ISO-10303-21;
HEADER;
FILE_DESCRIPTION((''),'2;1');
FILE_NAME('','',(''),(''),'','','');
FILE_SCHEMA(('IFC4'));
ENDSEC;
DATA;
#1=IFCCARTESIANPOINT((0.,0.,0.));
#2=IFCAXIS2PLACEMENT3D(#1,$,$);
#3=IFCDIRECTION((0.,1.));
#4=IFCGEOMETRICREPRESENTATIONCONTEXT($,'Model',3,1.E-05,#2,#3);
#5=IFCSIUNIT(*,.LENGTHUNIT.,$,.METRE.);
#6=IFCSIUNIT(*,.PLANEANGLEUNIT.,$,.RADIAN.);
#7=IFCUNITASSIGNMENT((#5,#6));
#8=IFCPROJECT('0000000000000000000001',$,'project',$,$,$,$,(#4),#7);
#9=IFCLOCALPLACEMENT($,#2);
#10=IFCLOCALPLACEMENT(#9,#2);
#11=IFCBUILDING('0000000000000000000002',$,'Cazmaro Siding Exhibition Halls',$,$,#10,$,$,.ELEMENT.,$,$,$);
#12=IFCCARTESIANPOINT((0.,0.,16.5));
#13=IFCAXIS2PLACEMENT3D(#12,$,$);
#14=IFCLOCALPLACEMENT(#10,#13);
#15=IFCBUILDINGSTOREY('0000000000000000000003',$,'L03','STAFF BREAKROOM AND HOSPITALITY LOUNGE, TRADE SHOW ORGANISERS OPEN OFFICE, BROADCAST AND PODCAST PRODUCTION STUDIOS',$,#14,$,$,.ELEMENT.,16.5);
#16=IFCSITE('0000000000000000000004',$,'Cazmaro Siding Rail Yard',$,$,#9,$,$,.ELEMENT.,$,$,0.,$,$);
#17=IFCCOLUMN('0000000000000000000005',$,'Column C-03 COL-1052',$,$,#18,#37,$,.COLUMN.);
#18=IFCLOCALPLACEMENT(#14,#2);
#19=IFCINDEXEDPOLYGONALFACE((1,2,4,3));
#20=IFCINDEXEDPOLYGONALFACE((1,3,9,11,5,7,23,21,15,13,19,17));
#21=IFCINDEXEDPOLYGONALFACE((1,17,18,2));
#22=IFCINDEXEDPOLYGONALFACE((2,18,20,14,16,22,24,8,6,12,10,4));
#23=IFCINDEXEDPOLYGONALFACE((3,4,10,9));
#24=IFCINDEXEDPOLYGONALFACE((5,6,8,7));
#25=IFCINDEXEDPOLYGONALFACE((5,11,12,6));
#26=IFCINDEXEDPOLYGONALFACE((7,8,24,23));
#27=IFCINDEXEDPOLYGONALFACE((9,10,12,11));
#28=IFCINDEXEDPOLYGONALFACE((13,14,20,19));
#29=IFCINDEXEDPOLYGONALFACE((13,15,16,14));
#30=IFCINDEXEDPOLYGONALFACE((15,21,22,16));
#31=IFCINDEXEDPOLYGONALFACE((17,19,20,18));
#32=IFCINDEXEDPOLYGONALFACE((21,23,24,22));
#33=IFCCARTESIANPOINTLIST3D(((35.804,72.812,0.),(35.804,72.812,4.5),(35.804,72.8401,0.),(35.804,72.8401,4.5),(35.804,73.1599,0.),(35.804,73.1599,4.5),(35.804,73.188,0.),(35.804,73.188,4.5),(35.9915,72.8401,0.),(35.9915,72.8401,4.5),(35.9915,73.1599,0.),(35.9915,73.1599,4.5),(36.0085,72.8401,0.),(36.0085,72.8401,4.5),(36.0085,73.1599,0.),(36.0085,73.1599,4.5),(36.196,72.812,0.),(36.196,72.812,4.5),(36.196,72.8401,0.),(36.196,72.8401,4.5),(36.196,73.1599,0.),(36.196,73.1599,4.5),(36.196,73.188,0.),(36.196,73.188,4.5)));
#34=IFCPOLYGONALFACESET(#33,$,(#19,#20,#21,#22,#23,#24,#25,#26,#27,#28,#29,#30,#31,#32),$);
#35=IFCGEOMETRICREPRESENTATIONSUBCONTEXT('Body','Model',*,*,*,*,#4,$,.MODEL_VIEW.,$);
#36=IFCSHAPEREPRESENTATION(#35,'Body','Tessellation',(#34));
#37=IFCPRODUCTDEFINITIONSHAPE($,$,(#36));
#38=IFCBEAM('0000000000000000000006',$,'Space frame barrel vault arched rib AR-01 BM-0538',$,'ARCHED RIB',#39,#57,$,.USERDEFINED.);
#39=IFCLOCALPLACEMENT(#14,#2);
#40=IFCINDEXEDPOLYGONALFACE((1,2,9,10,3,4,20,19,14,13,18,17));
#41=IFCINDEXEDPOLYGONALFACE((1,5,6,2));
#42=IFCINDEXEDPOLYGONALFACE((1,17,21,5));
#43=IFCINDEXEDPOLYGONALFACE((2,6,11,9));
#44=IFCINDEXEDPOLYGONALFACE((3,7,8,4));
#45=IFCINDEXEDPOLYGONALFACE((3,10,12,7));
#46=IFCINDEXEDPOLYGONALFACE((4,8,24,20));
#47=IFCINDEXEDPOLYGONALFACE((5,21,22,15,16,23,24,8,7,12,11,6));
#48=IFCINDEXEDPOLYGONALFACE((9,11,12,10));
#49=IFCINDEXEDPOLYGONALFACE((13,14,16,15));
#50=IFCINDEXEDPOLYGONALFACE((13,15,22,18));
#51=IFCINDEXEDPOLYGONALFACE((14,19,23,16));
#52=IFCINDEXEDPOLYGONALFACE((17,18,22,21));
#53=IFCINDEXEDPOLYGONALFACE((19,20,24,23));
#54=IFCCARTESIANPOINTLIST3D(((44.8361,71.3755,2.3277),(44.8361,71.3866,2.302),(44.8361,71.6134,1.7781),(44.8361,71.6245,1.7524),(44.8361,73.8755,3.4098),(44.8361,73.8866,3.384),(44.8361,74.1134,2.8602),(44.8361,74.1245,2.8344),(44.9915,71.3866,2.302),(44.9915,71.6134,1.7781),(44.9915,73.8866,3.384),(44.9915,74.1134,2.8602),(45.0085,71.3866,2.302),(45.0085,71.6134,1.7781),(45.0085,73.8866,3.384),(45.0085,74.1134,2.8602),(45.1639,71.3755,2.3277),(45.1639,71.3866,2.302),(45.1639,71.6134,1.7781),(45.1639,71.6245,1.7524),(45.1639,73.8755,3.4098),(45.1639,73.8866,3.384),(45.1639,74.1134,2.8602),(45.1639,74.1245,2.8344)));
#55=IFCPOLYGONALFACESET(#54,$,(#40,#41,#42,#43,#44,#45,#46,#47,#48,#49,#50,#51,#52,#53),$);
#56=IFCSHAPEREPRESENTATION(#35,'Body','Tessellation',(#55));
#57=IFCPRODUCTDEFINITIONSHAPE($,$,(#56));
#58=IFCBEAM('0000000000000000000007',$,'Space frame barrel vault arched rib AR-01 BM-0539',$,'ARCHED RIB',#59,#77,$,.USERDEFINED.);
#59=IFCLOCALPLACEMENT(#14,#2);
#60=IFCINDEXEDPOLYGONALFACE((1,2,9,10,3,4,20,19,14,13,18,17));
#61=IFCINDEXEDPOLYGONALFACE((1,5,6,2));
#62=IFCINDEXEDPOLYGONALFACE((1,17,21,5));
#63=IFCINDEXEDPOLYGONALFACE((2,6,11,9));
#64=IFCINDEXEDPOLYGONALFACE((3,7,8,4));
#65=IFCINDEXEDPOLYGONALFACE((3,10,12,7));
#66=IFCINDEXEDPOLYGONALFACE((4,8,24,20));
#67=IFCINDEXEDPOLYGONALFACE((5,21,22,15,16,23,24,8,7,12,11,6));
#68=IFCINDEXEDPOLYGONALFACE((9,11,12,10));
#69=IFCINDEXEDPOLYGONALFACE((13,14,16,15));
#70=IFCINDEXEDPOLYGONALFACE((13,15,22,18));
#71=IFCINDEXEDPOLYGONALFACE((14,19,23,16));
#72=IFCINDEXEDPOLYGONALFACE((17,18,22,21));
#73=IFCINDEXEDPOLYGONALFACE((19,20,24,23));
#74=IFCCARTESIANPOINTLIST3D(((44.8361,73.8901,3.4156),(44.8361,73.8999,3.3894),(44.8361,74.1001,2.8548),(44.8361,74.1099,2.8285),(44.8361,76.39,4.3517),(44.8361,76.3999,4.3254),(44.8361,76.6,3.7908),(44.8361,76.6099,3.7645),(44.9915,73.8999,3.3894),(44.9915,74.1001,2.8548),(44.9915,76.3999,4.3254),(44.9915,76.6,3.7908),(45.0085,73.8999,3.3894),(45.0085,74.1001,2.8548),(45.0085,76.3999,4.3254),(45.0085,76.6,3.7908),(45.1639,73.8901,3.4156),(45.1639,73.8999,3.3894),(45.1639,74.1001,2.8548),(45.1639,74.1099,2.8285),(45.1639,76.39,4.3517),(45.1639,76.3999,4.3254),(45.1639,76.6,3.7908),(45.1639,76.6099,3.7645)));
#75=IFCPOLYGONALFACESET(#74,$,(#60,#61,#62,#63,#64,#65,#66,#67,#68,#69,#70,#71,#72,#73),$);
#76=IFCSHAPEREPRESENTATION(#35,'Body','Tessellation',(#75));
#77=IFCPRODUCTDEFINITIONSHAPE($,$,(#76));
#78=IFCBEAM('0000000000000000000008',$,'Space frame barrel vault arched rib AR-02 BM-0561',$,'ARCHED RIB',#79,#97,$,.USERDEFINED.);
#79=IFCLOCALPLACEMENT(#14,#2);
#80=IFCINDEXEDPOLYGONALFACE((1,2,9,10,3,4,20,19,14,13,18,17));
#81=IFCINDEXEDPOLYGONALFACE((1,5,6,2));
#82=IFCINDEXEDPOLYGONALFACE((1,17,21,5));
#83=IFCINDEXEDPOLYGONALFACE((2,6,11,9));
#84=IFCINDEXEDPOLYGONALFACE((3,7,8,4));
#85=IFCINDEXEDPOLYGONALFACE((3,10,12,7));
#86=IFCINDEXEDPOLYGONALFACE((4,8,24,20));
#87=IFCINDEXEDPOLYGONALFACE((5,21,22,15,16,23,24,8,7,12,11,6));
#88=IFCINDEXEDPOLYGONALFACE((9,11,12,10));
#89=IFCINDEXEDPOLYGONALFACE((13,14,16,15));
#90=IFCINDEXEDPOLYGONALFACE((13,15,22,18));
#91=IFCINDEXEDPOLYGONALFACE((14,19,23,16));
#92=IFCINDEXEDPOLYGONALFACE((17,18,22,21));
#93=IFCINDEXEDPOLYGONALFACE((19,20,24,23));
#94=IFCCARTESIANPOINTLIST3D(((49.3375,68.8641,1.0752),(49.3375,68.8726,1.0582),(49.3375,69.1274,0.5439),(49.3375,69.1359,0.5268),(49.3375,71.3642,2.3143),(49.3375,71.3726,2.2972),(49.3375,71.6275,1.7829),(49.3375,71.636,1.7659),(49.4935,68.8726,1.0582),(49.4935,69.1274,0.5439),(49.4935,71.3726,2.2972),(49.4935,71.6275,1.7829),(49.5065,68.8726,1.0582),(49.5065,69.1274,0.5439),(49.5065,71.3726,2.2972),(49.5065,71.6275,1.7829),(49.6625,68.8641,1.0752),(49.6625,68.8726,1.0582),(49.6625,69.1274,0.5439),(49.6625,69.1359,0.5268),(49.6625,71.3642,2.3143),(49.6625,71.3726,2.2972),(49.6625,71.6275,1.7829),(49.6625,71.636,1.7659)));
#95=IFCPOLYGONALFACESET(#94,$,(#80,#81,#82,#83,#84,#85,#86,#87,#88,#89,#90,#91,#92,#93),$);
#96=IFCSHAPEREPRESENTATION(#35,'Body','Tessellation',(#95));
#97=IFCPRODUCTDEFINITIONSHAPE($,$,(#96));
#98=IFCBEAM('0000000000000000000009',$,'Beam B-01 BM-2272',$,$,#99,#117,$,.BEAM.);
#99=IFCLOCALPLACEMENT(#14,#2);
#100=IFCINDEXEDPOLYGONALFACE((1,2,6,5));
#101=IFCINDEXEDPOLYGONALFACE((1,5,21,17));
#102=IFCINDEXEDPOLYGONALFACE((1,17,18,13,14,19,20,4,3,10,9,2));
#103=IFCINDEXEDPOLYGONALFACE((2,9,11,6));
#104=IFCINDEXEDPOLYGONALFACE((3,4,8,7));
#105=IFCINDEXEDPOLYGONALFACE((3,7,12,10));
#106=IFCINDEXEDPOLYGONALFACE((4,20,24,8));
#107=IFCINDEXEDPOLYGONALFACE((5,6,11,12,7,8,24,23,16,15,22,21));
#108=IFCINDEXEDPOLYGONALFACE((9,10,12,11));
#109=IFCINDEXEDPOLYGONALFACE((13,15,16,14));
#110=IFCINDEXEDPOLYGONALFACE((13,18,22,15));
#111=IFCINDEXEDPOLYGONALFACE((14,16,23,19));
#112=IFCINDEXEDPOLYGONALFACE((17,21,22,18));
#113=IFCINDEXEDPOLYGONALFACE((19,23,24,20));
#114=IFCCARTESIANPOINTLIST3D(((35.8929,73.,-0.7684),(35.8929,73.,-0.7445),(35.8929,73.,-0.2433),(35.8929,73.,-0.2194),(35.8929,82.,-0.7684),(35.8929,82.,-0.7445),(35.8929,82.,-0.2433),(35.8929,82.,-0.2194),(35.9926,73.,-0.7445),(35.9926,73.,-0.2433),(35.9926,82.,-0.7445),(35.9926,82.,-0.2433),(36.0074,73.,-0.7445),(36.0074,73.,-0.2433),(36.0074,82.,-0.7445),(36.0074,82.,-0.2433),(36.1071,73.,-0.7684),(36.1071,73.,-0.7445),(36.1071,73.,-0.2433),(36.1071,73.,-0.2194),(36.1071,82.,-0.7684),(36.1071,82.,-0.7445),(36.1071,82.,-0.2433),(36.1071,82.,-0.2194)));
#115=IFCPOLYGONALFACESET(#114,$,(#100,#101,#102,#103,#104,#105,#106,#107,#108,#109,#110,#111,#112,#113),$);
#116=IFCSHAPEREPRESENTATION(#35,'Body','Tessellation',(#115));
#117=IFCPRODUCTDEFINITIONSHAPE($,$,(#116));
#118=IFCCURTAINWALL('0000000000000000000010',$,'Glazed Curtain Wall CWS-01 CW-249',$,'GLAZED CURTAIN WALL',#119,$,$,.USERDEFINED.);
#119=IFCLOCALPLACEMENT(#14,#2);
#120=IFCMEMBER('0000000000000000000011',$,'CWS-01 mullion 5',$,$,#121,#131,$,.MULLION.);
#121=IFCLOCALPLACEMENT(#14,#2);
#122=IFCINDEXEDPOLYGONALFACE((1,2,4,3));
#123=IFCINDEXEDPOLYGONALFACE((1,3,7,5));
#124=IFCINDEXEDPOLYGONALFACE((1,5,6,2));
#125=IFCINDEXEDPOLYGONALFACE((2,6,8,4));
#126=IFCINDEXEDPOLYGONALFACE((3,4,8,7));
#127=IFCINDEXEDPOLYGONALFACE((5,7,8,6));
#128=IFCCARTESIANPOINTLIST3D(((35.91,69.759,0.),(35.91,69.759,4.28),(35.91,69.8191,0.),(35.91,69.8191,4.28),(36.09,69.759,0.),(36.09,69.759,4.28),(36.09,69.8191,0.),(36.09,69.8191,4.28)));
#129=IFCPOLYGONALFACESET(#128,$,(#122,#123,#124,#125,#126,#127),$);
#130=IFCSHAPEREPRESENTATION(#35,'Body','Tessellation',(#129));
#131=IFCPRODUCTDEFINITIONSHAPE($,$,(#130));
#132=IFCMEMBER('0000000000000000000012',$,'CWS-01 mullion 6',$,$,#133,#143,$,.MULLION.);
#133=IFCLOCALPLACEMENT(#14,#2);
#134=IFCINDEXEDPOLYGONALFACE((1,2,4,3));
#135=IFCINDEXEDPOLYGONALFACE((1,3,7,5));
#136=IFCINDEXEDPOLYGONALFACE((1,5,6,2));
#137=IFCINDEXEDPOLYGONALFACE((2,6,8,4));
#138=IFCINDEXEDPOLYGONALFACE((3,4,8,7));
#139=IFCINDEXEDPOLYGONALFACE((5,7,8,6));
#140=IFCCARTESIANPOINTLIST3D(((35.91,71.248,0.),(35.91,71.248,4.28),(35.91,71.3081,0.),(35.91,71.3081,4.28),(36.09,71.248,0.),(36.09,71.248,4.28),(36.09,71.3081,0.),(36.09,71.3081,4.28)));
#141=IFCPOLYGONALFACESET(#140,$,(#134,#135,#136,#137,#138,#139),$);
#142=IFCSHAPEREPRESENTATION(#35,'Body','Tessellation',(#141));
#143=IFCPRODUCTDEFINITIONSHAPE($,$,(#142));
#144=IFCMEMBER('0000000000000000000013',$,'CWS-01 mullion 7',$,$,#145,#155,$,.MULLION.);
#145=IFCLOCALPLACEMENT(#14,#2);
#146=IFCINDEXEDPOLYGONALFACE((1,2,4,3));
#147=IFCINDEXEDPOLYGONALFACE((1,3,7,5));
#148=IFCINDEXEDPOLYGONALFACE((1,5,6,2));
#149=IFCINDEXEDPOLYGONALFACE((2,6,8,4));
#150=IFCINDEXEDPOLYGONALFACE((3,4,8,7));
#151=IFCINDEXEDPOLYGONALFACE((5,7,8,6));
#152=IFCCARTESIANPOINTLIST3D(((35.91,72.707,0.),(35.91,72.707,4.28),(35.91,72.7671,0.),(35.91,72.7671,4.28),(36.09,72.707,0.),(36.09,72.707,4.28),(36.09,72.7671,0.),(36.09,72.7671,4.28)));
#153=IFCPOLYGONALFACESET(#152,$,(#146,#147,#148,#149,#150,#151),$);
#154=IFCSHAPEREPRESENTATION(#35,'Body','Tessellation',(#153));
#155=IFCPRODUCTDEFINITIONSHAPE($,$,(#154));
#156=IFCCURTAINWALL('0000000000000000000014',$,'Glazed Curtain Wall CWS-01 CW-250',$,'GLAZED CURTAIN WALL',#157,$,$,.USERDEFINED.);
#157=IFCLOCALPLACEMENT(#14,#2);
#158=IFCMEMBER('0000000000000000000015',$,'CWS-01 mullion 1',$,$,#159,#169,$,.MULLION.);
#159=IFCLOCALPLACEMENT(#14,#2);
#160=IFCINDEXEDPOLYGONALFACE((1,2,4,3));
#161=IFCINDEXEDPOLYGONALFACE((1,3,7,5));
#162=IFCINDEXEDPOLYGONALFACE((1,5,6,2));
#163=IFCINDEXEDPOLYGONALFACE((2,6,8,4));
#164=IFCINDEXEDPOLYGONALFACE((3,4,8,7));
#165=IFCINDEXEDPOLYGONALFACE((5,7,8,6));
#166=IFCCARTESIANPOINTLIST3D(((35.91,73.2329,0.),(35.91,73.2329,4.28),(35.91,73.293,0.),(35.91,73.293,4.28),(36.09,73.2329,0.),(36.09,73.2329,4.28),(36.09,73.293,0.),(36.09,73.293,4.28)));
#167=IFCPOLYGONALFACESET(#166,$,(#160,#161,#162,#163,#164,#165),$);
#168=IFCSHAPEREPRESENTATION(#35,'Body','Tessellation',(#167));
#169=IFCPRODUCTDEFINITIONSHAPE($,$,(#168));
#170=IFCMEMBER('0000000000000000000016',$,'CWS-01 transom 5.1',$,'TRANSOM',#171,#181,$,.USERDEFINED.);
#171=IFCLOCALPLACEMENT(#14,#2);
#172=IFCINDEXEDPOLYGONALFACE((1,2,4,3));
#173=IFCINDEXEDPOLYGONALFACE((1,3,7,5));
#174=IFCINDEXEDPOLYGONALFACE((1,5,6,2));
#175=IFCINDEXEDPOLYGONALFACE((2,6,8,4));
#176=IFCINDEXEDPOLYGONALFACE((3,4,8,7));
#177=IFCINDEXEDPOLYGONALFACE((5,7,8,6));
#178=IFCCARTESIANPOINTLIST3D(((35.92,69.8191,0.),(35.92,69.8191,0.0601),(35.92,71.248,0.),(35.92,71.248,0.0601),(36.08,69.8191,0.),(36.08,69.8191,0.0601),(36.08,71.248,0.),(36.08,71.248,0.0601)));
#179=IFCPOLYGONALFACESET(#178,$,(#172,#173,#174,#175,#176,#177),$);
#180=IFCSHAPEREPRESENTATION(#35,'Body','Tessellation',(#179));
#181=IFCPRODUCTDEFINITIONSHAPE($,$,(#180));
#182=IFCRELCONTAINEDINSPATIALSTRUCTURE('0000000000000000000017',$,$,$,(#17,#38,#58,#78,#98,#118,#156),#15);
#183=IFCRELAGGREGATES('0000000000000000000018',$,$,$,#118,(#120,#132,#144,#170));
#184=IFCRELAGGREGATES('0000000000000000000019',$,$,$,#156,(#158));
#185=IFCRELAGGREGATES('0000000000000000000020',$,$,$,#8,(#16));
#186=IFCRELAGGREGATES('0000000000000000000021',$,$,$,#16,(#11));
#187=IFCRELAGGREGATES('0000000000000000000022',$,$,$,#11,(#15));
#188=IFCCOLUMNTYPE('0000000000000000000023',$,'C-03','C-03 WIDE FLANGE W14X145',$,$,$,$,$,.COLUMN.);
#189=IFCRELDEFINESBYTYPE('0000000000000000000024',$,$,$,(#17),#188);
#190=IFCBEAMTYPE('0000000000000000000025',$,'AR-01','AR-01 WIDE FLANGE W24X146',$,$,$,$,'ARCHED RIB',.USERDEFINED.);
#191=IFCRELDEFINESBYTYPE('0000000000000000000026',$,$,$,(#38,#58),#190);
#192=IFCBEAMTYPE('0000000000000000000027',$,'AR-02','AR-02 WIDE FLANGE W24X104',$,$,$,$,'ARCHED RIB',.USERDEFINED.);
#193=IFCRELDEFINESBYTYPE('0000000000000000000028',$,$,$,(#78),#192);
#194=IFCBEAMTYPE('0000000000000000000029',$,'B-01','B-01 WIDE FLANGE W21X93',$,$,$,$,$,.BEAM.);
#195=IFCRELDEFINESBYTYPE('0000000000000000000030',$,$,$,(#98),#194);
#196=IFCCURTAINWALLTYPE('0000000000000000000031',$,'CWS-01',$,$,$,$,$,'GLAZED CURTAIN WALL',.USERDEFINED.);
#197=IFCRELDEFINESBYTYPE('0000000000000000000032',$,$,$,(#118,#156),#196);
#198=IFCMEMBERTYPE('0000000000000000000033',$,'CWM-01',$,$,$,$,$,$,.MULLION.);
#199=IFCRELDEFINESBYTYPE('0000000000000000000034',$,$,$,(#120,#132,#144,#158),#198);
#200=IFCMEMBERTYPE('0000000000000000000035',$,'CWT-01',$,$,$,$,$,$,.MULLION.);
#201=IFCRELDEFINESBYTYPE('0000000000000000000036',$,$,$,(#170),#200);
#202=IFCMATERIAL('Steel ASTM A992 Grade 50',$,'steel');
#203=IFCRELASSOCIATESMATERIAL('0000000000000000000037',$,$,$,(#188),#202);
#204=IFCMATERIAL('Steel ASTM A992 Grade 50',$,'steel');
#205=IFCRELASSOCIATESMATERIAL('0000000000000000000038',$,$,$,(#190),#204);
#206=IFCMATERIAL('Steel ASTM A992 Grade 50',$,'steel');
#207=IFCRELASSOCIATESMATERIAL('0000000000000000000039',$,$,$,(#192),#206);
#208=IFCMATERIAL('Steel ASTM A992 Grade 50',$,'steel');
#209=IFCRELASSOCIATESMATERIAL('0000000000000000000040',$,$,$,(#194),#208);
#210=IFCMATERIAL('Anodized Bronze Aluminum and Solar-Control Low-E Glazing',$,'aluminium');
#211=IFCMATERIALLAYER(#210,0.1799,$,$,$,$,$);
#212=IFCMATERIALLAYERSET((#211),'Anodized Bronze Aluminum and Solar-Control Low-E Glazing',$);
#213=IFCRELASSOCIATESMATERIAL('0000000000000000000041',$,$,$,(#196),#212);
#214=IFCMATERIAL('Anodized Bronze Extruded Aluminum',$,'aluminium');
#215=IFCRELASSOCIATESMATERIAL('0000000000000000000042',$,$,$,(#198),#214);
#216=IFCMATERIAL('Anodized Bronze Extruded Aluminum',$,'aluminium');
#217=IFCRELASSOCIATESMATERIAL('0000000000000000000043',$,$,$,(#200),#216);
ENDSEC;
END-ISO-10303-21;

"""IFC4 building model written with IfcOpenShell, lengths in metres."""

from ifc_helpers import new_model, si_unit, direction, frame, origin, origin_2d, place, context, subcontext, project, spatial, rectangle, i_section, extrude, material, layer, layer_set, material_profile, profile_set, type_object, element, aggregate, save


model = new_model("IFC4")

# Units and contexts
model_context = context("Model", 3, precision=1e-05, world=origin(), true_north=direction((0.0, 1.0)))
body_context = subcontext(model_context, "Body", "Model", "MODEL_VIEW")
ifc_project = project(units=[si_unit("LENGTHUNIT", "METRE"), si_unit("PLANEANGLEUNIT", "RADIAN")], contexts=[model_context])

# Site, building, storey
site_placement = place(None, origin())
site = spatial("IfcSite", under=ifc_project, at=site_placement, Name="Cazmaro Siding Rail Yard", CompositionType="ELEMENT", RefElevation=0.0)
building_placement = place(site_placement, origin())
building = spatial("IfcBuilding", under=site, at=building_placement, Name="Cazmaro Siding Exhibition Halls", CompositionType="ELEMENT")
storey_placement = place(building_placement, frame((0.0, 0.0, 16.5)))
storey = spatial("IfcBuildingStorey", under=building, at=storey_placement, Name="L03", Description="STAFF BREAKROOM AND HOSPITALITY LOUNGE, TRADE SHOW ORGANISERS OPEN OFFICE, BROADCAST AND PODCAST PRODUCTION STUDIOS", CompositionType="ELEMENT", Elevation=16.5)

# Column
ifc_material_1 = material(Name="Steel ASTM A992 Grade 50", Category="steel")
ifc_material_profile_1 = material_profile(ifc_material_1, i_section(OverallWidth=0.3921, OverallDepth=0.376, WebThickness=0.0171, FlangeThickness=0.0281, at=origin_2d()), Name="W14X145")
ifc_profile_set_1 = profile_set([ifc_material_profile_1], Name="Steel ASTM A992 Grade 50")
column_type = type_object("IfcColumnType", Name="C-03", Description="C-03 WIDE FLANGE W14X145", PredefinedType="COLUMN", material=ifc_profile_set_1)
column_placement = place(storey_placement, frame((36.0, 73.0, 0.0), z_axis=(0.0, 0.0, 1.0), x_axis=(1.0, 0.0, 0.0)))
element("IfcColumn", 1, at=column_placement, inside=storey, type_object=column_type, Name="Column C-03 COL-1052", PredefinedType="COLUMN", context=body_context, shape_type="SweptSolid", body=[
    extrude(i_section(OverallWidth=0.3921, OverallDepth=0.376, WebThickness=0.0171, FlangeThickness=0.0281, at=origin_2d()), origin(), (0.0, 0.0, 1.0), 4.5),
])

# Beams
ifc_material_2 = material(Name="Steel ASTM A992 Grade 50", Category="steel")
ifc_material_profile_2 = material_profile(ifc_material_2, i_section(OverallWidth=0.3279, OverallDepth=0.627, WebThickness=0.0171, FlangeThickness=0.0281, at=origin_2d()), Name="W24X146")
ifc_profile_set_2 = profile_set([ifc_material_profile_2], Name="Steel ASTM A992 Grade 50")
beam_type_1 = type_object("IfcBeamType", Name="AR-01", Description="AR-01 WIDE FLANGE W24X146", ElementType="ARCHED RIB", PredefinedType="USERDEFINED", material=ifc_profile_set_2)
beam_1_placement = place(storey_placement, frame((45.0, 71.5, 2.04), z_axis=(0.0, 0.91773, 0.397205), x_axis=(-1.0, 0.0, 0.0)))
element("IfcBeam", 2, at=beam_1_placement, inside=storey, type_object=beam_type_1, Name="Space frame barrel vault arched rib AR-01 BM-0538", ObjectType="ARCHED RIB", PredefinedType="USERDEFINED", context=body_context, shape_type="SweptSolid", body=[
    extrude(i_section(OverallWidth=0.3279, OverallDepth=0.627, WebThickness=0.0171, FlangeThickness=0.0281, at=origin_2d()), origin(), (0.0, 0.0, 1.0), 2.7241),
])
beam_2_placement = place(storey_placement, frame((45.0, 74.0, 3.1221), z_axis=(0.0, 0.936509, 0.350642), x_axis=(-1.0, 0.0, 0.0)))
element("IfcBeam", 3, at=beam_2_placement, inside=storey, type_object=beam_type_1, Name="Space frame barrel vault arched rib AR-01 BM-0539", ObjectType="ARCHED RIB", PredefinedType="USERDEFINED", context=body_context, shape_type="SweptSolid", body=[
    extrude(i_section(OverallWidth=0.3279, OverallDepth=0.627, WebThickness=0.0171, FlangeThickness=0.0281, at=origin_2d()), origin(), (0.0, 0.0, 1.0), 2.6694),
])
ifc_material_3 = material(Name="Steel ASTM A992 Grade 50", Category="steel")
ifc_material_profile_3 = material_profile(ifc_material_3, i_section(OverallWidth=0.325, OverallDepth=0.6121, WebThickness=0.0129, FlangeThickness=0.019, at=origin_2d()), Name="W24X104")
ifc_profile_set_3 = profile_set([ifc_material_profile_3], Name="Steel ASTM A992 Grade 50")
beam_type_2 = type_object("IfcBeamType", Name="AR-02", Description="AR-02 WIDE FLANGE W24X104", ElementType="ARCHED RIB", PredefinedType="USERDEFINED", material=ifc_profile_set_3)
beam_3_placement = place(storey_placement, frame((49.5, 69.0, 0.801), z_axis=(0.0, 0.895997, 0.444061), x_axis=(-1.0, 0.0, 0.0)))
element("IfcBeam", 4, at=beam_3_placement, inside=storey, type_object=beam_type_2, Name="Space frame barrel vault arched rib AR-02 BM-0561", ObjectType="ARCHED RIB", PredefinedType="USERDEFINED", context=body_context, shape_type="SweptSolid", body=[
    extrude(i_section(OverallWidth=0.325, OverallDepth=0.6121, WebThickness=0.0129, FlangeThickness=0.019, at=origin_2d()), origin(), (0.0, 0.0, 1.0), 2.7903),
])
ifc_material_4 = material(Name="Steel ASTM A992 Grade 50", Category="steel")
ifc_material_profile_4 = material_profile(ifc_material_4, i_section(OverallWidth=0.2141, OverallDepth=0.5491, WebThickness=0.0149, FlangeThickness=0.0239, at=origin_2d()), Name="W21X93")
ifc_profile_set_4 = profile_set([ifc_material_profile_4], Name="Steel ASTM A992 Grade 50")
beam_type_3 = type_object("IfcBeamType", Name="B-01", Description="B-01 WIDE FLANGE W21X93", PredefinedType="BEAM", material=ifc_profile_set_4)
beam_4_placement = place(storey_placement, frame((36.0, 73.0, -0.4939), z_axis=(0.0, 1.0, 0.0), x_axis=(-1.0, 0.0, 0.0)))
element("IfcBeam", 5, at=beam_4_placement, inside=storey, type_object=beam_type_3, Name="Beam B-01 BM-2272", PredefinedType="BEAM", context=body_context, shape_type="SweptSolid", body=[
    extrude(i_section(OverallWidth=0.2141, OverallDepth=0.5491, WebThickness=0.0149, FlangeThickness=0.0239, at=origin_2d()), origin(), (0.0, 0.0, 1.0), 9.0),
])

# Curtain wall, members
ifc_material_5 = material(Name="Anodized Bronze Aluminum and Solar-Control Low-E Glazing", Category="aluminium")
ifc_layer_1 = layer(ifc_material_5, 0.1799)
ifc_layer_set_1 = layer_set([ifc_layer_1], Name="Anodized Bronze Aluminum and Solar-Control Low-E Glazing")
curtain_wall_type = type_object("IfcCurtainWallType", Name="CWS-01", ElementType="GLAZED CURTAIN WALL", PredefinedType="USERDEFINED", material=ifc_layer_set_1)
curtain_wall_1_placement = place(storey_placement, origin())
curtain_wall_1 = element("IfcCurtainWall", 6, at=curtain_wall_1_placement, inside=storey, type_object=curtain_wall_type, Name="Glazed Curtain Wall CWS-01 CW-249", ObjectType="GLAZED CURTAIN WALL", PredefinedType="USERDEFINED")
ifc_material_6 = material(Name="Anodized Bronze Extruded Aluminum", Category="aluminium")
ifc_material_profile_5 = material_profile(ifc_material_6, rectangle(XDim=0.1799, YDim=0.0601, at=origin_2d()), Name="CWM-01")
ifc_profile_set_5 = profile_set([ifc_material_profile_5], Name="Anodized Bronze Extruded Aluminum")
member_type_1 = type_object("IfcMemberType", Name="CWM-01", PredefinedType="MULLION", material=ifc_profile_set_5)
member_1_placement = place(storey_placement, frame((36.0, 69.7891, 0.0), z_axis=(0.0, 0.0, 1.0), x_axis=(-1.0, 0.0, 0.0)))
member_1 = element("IfcMember", 7, at=member_1_placement, type_object=member_type_1, Name="CWS-01 mullion 5", PredefinedType="MULLION", context=body_context, shape_type="SweptSolid", body=[
    extrude(rectangle(XDim=0.1799, YDim=0.0601, at=origin_2d()), origin(), (0.0, 0.0, 1.0), 4.28),
])
member_2_placement = place(storey_placement, frame((36.0, 71.2781, 0.0), z_axis=(0.0, 0.0, 1.0), x_axis=(-1.0, 0.0, 0.0)))
member_2 = element("IfcMember", 8, at=member_2_placement, type_object=member_type_1, Name="CWS-01 mullion 6", PredefinedType="MULLION", context=body_context, shape_type="SweptSolid", body=[
    extrude(rectangle(XDim=0.1799, YDim=0.0601, at=origin_2d()), origin(), (0.0, 0.0, 1.0), 4.28),
])
member_3_placement = place(storey_placement, frame((36.0, 72.7371, 0.0), z_axis=(0.0, 0.0, 1.0), x_axis=(-1.0, 0.0, 0.0)))
member_3 = element("IfcMember", 9, at=member_3_placement, type_object=member_type_1, Name="CWS-01 mullion 7", PredefinedType="MULLION", context=body_context, shape_type="SweptSolid", body=[
    extrude(rectangle(XDim=0.1799, YDim=0.0601, at=origin_2d()), origin(), (0.0, 0.0, 1.0), 4.28),
])

# Curtain wall, member
curtain_wall_2_placement = place(storey_placement, origin())
curtain_wall_2 = element("IfcCurtainWall", 10, at=curtain_wall_2_placement, inside=storey, type_object=curtain_wall_type, Name="Glazed Curtain Wall CWS-01 CW-250", ObjectType="GLAZED CURTAIN WALL", PredefinedType="USERDEFINED")
member_4_placement = place(storey_placement, frame((36.0, 73.2629, 0.0), z_axis=(0.0, 0.0, 1.0), x_axis=(-1.0, 0.0, 0.0)))
member_4 = element("IfcMember", 11, at=member_4_placement, type_object=member_type_1, Name="CWS-01 mullion 1", PredefinedType="MULLION", context=body_context, shape_type="SweptSolid", body=[
    extrude(rectangle(XDim=0.1799, YDim=0.0601, at=origin_2d()), origin(), (0.0, 0.0, 1.0), 4.28),
])

# Member
ifc_material_7 = material(Name="Anodized Bronze Extruded Aluminum", Category="aluminium")
ifc_material_profile_6 = material_profile(ifc_material_7, rectangle(XDim=0.1599, YDim=0.0601, at=origin_2d()), Name="CWT-01")
ifc_profile_set_6 = profile_set([ifc_material_profile_6], Name="Anodized Bronze Extruded Aluminum")
member_type_2 = type_object("IfcMemberType", Name="CWT-01", PredefinedType="MULLION", material=ifc_profile_set_6)
member_5_placement = place(storey_placement, frame((36.0, 69.8191, 0.03), z_axis=(0.0, 1.0, 0.0), x_axis=(-1.0, 0.0, 0.0)))
member_5 = element("IfcMember", 12, at=member_5_placement, type_object=member_type_2, Name="CWS-01 transom 5.1", ObjectType="TRANSOM", PredefinedType="USERDEFINED", context=body_context, shape_type="SweptSolid", body=[
    extrude(rectangle(XDim=0.1599, YDim=0.0601, at=origin_2d()), origin(), (0.0, 0.0, 1.0), 1.429),
])

aggregate(curtain_wall_1, [member_1, member_2, member_3, member_5])
aggregate(curtain_wall_2, [member_4])

save(model, "model.ifc")
